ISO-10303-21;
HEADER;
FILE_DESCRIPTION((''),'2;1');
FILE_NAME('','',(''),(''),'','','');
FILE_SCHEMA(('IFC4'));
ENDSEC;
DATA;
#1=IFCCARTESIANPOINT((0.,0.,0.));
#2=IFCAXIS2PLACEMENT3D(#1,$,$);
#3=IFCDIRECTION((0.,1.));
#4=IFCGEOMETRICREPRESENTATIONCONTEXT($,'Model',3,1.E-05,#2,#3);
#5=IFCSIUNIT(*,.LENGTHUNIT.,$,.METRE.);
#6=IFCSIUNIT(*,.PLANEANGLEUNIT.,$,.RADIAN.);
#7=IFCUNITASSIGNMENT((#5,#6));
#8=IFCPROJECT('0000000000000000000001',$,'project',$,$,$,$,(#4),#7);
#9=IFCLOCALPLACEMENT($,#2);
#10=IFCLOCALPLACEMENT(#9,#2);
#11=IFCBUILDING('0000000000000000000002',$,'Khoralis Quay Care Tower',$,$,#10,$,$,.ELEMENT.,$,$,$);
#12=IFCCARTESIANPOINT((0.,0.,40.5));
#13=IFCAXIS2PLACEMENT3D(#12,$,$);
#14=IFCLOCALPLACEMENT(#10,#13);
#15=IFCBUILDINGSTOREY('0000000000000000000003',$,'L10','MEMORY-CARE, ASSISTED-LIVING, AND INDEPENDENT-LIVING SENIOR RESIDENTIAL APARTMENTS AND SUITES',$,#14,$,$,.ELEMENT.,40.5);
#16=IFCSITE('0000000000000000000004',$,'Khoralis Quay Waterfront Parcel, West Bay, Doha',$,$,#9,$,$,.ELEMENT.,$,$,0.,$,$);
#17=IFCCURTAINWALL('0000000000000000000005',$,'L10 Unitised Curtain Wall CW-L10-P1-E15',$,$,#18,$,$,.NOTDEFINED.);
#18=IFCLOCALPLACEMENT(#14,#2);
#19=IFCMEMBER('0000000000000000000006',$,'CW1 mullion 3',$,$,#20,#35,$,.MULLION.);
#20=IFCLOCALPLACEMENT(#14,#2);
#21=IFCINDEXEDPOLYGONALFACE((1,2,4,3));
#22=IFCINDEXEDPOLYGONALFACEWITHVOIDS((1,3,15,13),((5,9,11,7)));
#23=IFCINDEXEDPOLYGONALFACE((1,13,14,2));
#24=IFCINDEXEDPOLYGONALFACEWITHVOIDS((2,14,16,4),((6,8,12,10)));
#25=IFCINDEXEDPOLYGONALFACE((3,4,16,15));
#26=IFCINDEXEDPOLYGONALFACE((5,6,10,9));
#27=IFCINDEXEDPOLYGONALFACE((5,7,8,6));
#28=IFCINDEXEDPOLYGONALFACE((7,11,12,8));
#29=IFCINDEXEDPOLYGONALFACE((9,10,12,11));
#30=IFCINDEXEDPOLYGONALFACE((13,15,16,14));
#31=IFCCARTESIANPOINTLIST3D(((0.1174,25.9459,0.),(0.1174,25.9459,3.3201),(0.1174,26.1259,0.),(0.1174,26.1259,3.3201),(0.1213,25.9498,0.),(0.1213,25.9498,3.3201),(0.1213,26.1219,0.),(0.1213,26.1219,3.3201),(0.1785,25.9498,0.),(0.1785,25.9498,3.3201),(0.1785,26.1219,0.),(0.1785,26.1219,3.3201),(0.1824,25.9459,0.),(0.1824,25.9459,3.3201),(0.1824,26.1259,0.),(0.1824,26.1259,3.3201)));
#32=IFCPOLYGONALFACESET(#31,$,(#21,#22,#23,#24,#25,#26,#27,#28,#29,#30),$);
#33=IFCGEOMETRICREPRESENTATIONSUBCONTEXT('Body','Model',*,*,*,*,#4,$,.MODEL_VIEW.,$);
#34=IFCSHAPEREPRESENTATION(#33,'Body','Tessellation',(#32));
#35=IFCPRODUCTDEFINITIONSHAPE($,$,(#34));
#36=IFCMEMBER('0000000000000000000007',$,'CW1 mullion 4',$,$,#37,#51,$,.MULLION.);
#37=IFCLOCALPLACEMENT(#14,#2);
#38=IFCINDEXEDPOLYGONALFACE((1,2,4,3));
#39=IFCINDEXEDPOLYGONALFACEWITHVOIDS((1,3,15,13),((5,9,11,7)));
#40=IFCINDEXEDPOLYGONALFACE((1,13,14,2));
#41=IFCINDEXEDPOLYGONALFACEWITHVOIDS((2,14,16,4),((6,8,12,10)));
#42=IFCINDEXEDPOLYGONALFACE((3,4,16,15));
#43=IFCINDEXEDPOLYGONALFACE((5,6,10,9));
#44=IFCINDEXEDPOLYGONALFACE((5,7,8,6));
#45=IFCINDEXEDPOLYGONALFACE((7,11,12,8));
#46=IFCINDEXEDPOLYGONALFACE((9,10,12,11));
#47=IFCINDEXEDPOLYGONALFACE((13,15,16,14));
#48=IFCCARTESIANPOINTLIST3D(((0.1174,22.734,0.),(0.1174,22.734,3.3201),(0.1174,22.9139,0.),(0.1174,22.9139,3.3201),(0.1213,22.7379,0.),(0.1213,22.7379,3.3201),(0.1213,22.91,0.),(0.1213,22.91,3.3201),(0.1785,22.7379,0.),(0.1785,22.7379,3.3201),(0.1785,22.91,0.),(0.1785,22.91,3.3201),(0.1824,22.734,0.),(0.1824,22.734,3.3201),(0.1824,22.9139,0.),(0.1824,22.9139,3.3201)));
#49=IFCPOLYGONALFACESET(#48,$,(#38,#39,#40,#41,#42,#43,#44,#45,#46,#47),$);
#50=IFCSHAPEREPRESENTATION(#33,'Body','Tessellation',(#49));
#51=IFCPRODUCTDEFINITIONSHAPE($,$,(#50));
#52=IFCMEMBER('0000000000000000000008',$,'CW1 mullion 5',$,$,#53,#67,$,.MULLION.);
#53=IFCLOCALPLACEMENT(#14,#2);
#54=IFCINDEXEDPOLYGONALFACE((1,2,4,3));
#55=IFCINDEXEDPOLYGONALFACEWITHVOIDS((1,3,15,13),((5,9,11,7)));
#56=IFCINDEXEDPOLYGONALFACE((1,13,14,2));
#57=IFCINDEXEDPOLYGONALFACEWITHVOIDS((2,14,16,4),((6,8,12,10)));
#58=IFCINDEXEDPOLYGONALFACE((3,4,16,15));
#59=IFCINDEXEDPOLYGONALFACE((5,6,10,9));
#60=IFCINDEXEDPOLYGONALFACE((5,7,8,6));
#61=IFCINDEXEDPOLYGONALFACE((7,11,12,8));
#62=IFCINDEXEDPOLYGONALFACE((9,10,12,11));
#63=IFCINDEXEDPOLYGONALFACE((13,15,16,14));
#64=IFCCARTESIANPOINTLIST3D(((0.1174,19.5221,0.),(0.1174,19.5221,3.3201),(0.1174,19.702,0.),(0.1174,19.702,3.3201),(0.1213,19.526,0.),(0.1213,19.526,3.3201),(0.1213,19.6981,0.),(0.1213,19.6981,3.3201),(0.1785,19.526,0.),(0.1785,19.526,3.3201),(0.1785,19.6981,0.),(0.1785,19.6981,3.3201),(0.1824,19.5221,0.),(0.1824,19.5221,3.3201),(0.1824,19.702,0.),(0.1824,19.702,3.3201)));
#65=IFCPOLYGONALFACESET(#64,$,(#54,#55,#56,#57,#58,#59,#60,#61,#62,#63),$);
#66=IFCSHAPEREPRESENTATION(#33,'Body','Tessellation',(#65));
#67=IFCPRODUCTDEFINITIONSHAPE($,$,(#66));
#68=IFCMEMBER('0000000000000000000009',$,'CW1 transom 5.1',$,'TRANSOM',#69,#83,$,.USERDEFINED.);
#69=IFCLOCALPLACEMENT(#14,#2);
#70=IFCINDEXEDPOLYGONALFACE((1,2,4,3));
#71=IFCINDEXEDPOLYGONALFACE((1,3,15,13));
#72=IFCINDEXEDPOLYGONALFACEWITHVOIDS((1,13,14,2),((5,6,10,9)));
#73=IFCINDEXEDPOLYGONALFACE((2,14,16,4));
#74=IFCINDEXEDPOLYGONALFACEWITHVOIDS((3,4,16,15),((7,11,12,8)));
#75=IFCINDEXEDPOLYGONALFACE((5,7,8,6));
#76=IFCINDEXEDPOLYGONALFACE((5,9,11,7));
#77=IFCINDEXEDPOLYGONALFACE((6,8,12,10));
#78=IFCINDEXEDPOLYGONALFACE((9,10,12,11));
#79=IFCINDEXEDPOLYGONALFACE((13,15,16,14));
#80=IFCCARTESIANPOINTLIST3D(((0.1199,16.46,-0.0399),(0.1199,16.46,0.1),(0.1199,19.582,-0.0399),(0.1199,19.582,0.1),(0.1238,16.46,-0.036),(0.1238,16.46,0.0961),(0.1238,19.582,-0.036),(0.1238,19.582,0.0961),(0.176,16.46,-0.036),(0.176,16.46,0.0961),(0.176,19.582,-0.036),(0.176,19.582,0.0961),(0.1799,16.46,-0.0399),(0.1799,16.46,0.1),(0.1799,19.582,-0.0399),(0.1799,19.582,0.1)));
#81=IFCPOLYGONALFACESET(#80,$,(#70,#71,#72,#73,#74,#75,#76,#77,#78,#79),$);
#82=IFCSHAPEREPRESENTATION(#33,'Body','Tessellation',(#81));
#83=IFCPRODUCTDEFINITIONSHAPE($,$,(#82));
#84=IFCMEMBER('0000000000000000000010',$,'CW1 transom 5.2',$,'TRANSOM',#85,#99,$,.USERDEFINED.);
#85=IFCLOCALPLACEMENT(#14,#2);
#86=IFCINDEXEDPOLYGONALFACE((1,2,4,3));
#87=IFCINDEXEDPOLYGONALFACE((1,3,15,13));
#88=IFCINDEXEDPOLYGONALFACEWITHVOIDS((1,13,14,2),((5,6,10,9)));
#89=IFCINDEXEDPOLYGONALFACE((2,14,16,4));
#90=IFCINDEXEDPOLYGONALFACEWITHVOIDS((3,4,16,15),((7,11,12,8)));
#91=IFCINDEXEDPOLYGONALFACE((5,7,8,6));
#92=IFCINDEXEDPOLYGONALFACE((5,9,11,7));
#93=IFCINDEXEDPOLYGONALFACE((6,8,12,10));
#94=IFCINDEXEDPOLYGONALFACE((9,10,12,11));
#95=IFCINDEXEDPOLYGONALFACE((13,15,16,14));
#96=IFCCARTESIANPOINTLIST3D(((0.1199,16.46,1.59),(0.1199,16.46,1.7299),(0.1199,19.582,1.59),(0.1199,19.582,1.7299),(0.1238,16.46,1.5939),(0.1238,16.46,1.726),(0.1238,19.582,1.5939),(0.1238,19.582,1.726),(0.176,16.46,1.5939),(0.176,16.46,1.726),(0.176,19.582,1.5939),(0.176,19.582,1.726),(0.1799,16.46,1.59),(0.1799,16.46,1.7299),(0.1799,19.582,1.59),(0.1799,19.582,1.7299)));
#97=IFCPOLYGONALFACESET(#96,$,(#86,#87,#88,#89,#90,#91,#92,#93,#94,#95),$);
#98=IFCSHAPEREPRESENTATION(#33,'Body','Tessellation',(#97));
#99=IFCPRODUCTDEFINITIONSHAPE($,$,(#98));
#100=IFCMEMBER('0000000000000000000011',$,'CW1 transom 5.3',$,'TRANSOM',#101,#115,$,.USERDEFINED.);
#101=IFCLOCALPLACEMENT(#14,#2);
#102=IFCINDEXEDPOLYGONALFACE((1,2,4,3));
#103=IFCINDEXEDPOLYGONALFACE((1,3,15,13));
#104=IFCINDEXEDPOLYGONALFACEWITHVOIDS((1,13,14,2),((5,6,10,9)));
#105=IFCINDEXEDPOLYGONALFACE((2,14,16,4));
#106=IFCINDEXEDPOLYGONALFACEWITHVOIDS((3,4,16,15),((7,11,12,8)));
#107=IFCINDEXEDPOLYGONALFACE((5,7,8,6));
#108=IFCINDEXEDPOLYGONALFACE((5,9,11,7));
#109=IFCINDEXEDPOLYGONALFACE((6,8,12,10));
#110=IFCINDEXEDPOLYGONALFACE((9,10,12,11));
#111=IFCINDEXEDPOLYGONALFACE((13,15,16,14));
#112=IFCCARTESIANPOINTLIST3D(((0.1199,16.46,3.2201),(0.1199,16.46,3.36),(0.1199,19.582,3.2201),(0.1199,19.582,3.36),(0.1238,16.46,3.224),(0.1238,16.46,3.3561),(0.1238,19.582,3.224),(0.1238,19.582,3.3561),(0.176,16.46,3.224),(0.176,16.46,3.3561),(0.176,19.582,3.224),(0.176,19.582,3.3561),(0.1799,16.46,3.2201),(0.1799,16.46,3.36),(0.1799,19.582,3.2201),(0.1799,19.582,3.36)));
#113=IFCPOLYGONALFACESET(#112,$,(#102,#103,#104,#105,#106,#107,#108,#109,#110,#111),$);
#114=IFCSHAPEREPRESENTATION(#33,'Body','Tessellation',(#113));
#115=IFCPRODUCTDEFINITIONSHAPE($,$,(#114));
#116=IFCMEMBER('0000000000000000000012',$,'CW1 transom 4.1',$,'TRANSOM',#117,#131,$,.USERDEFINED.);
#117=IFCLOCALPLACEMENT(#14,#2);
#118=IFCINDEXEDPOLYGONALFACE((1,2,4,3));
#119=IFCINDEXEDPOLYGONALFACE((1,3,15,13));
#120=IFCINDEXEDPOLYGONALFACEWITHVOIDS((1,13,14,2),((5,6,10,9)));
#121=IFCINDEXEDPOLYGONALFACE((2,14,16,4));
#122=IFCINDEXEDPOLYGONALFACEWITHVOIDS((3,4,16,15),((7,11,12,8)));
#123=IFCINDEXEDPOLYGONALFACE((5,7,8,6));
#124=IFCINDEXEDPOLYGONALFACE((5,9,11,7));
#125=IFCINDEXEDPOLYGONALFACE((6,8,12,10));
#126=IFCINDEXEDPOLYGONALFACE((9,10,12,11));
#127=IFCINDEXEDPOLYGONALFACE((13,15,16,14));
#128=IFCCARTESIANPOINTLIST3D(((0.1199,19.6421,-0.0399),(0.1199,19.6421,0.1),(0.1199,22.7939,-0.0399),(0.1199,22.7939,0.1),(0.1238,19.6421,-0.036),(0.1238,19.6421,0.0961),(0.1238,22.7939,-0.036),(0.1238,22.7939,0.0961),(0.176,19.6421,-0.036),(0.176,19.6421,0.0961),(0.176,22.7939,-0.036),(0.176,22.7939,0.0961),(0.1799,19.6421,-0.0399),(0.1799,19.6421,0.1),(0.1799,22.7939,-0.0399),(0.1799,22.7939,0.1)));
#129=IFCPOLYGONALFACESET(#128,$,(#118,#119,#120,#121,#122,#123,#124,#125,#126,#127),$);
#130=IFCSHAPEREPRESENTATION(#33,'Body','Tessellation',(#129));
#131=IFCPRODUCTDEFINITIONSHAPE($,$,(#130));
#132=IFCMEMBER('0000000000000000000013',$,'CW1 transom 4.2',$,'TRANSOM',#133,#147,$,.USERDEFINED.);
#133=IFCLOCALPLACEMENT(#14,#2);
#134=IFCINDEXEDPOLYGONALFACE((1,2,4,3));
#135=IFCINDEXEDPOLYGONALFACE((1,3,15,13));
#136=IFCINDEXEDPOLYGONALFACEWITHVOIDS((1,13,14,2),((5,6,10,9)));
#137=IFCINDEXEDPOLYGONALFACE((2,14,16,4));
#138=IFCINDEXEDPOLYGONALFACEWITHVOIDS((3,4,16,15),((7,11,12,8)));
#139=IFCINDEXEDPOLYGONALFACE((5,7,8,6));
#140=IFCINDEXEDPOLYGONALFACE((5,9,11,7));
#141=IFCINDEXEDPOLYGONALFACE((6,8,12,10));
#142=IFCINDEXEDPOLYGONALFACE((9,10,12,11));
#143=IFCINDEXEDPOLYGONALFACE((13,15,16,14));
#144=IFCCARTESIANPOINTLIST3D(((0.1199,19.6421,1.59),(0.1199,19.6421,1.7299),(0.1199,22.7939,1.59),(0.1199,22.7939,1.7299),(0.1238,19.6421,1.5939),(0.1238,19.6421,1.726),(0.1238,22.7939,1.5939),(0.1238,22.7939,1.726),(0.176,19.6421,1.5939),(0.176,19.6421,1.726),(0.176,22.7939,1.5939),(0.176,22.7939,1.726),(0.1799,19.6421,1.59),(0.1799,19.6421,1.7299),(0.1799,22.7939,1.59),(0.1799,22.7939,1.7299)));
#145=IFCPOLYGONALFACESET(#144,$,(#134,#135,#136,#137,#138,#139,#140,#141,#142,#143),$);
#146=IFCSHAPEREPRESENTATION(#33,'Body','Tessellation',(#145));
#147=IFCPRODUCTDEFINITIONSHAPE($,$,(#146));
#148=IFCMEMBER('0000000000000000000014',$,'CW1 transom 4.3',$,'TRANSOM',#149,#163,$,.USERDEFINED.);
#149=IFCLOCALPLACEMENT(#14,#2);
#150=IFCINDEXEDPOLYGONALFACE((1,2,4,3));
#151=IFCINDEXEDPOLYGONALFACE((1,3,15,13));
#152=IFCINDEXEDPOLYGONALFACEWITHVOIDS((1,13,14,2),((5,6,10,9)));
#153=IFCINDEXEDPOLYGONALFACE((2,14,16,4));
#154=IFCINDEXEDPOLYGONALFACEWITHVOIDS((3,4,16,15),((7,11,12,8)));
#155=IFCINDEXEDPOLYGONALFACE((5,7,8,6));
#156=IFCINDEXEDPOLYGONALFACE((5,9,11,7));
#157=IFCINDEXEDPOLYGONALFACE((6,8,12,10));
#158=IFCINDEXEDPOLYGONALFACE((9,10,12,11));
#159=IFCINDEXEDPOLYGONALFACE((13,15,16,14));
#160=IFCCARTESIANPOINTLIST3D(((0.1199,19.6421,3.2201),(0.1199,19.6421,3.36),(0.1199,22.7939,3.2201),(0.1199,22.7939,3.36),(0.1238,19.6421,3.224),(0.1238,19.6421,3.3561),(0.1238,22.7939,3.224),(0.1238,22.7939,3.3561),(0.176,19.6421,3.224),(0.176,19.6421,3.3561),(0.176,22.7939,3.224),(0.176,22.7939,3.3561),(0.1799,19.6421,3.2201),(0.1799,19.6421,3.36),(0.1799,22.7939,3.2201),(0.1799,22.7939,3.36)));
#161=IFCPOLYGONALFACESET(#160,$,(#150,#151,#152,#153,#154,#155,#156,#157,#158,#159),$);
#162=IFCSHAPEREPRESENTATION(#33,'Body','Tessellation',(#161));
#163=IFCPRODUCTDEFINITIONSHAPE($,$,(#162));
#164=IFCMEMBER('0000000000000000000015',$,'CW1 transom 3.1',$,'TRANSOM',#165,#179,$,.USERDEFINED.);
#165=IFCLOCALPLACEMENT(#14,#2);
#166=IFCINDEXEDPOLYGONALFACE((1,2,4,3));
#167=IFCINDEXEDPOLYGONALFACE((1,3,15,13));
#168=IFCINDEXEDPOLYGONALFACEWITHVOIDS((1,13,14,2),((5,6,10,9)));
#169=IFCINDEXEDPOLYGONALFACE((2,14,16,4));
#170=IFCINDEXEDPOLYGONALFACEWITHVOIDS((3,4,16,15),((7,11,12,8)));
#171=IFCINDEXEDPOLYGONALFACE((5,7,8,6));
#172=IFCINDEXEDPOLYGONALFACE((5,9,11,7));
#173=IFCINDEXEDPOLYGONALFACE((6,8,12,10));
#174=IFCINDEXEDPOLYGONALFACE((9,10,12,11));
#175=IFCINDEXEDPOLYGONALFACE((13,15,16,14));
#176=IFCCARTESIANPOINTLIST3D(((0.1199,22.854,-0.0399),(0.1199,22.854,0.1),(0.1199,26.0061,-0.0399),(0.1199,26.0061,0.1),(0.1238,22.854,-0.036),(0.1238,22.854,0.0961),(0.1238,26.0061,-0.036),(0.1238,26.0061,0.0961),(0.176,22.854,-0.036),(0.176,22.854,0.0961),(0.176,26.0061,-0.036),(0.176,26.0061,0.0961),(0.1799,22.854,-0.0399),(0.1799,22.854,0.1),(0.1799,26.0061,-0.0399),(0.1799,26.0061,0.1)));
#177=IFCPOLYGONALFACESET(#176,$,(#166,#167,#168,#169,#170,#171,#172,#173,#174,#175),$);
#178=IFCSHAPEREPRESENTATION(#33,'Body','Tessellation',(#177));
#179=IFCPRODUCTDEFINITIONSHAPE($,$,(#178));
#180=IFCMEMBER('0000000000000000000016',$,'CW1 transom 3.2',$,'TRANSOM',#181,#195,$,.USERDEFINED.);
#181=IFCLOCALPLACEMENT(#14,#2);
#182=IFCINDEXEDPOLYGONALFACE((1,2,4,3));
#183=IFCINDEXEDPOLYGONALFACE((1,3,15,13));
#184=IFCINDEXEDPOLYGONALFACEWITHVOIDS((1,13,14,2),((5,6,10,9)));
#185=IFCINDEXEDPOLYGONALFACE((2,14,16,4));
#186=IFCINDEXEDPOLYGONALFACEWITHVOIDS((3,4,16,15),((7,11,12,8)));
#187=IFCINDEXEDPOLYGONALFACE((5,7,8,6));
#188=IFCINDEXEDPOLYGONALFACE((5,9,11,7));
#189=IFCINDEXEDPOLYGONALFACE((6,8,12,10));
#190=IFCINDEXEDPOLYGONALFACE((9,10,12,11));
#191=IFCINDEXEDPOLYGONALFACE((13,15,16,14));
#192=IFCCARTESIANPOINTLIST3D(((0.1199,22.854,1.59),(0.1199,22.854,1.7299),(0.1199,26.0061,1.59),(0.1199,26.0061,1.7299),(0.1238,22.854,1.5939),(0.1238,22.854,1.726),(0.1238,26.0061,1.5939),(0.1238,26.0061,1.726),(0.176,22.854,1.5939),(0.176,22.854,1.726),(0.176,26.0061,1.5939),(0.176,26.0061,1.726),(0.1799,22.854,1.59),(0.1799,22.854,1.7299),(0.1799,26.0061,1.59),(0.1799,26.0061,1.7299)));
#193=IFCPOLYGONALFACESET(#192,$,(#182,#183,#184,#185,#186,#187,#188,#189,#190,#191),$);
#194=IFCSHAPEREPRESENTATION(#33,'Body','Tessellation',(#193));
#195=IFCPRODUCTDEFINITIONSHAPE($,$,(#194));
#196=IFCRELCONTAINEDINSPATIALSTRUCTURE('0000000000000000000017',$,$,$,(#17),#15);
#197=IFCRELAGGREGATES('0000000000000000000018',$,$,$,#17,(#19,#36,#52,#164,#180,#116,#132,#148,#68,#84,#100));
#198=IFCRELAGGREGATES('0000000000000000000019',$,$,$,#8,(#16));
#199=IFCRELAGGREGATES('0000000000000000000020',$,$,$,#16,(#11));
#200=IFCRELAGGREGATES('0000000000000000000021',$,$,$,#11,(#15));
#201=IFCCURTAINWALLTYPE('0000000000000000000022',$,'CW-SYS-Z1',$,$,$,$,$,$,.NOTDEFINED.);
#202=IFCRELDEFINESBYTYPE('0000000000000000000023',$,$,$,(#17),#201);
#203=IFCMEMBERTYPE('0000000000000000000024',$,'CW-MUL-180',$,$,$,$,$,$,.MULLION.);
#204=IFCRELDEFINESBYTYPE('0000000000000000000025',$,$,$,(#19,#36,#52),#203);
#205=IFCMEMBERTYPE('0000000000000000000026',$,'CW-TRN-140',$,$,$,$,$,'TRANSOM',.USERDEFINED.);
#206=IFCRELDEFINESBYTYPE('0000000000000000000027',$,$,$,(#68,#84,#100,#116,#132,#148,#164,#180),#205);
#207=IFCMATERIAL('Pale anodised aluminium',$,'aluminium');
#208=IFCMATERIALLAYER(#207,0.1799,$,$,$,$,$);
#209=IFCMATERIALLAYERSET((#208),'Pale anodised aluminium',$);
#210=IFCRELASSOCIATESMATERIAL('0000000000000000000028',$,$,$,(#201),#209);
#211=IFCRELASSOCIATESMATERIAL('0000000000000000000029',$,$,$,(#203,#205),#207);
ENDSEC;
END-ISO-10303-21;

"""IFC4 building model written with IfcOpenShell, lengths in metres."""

from ifc_helpers import new_model, si_unit, direction, frame, origin, origin_2d, place, context, subcontext, project, spatial, hollow_rectangle, extrude, source, transform, mapped, material, layer, layer_set, material_profile, profile_set, type_object, element, aggregate, save


model = new_model("IFC4")

# Units and contexts
model_context = context("Model", 3, precision=1e-05, world=origin(), true_north=direction((0.0, 1.0)))
body_context = subcontext(model_context, "Body", "Model", "MODEL_VIEW")
ifc_project = project(units=[si_unit("LENGTHUNIT", "METRE"), si_unit("PLANEANGLEUNIT", "RADIAN")], contexts=[model_context])

# Site, building, storey
site_placement = place(None, origin())
site = spatial("IfcSite", under=ifc_project, at=site_placement, Name="Khoralis Quay Waterfront Parcel, West Bay, Doha", CompositionType="ELEMENT", RefElevation=0.0)
building_placement = place(site_placement, origin())
building = spatial("IfcBuilding", under=site, at=building_placement, Name="Khoralis Quay Care Tower", CompositionType="ELEMENT")
storey_placement = place(building_placement, frame((0.0, 0.0, 40.5)))
storey = spatial("IfcBuildingStorey", under=building, at=storey_placement, Name="L10", Description="MEMORY-CARE, ASSISTED-LIVING, AND INDEPENDENT-LIVING SENIOR RESIDENTIAL APARTMENTS AND SUITES", CompositionType="ELEMENT", Elevation=40.5)

# Curtain wall, members
ifc_material_1 = material(Name="Pale anodised aluminium", Category="aluminium")
ifc_layer_1 = layer(ifc_material_1, 0.1799)
ifc_layer_set_1 = layer_set([ifc_layer_1], Name="Pale anodised aluminium")
curtain_wall_type = type_object("IfcCurtainWallType", Name="CW-SYS-Z1", PredefinedType="NOTDEFINED", material=ifc_layer_set_1)
curtain_wall_placement = place(storey_placement, origin())
curtain_wall = element("IfcCurtainWall", 1, at=curtain_wall_placement, inside=storey, type_object=curtain_wall_type, Name="L10 Unitised Curtain Wall CW-L10-P1-E15", PredefinedType="NOTDEFINED")
ifc_material_profile_1 = material_profile(ifc_material_1, hollow_rectangle(XDim=0.0649, YDim=0.1799, WallThickness=0.0039, at=origin_2d()), Name="Pale anodised aluminium")
ifc_profile_set_1 = profile_set([ifc_material_profile_1], Name="Pale anodised aluminium")
member_type_1 = type_object("IfcMemberType", Name="CW-MUL-180", PredefinedType="MULLION", material=ifc_profile_set_1)
shared_shape_1 = source(origin(), body_context, "Body", "SweptSolid", [
    extrude(hollow_rectangle(XDim=0.0649, YDim=0.1799, WallThickness=0.0039, at=origin_2d()), origin(), (0.0, 0.0, 1.0), 3.3201),
])
member_1_placement = place(storey_placement, frame((0.1499, 26.0359, 0.0), z_axis=(0.0, 0.0, 1.0), x_axis=(1.0, 0.0, 0.0)))
member_1 = element("IfcMember", 2, at=member_1_placement, type_object=member_type_1, Name="CW1 mullion 3", PredefinedType="MULLION", context=body_context, shape_type="MappedRepresentation", body=[
    mapped(shared_shape_1, transform((0.0, 0.0, 0.0), scale=1.0)),
])
member_2_placement = place(storey_placement, frame((0.1499, 22.824, 0.0), z_axis=(0.0, 0.0, 1.0), x_axis=(1.0, 0.0, 0.0)))
member_2 = element("IfcMember", 3, at=member_2_placement, type_object=member_type_1, Name="CW1 mullion 4", PredefinedType="MULLION", context=body_context, shape_type="MappedRepresentation", body=[
    mapped(shared_shape_1, transform((0.0, 0.0, 0.0), scale=1.0)),
])
member_3_placement = place(storey_placement, frame((0.1499, 19.6121, 0.0), z_axis=(0.0, 0.0, 1.0), x_axis=(1.0, 0.0, 0.0)))
member_3 = element("IfcMember", 4, at=member_3_placement, type_object=member_type_1, Name="CW1 mullion 5", PredefinedType="MULLION", context=body_context, shape_type="MappedRepresentation", body=[
    mapped(shared_shape_1, transform((0.0, 0.0, 0.0), scale=1.0)),
])
ifc_material_profile_2 = material_profile(ifc_material_1, hollow_rectangle(XDim=0.0601, YDim=0.1399, WallThickness=0.0039, at=origin_2d()), Name="Pale anodised aluminium")
ifc_profile_set_2 = profile_set([ifc_material_profile_2], Name="Pale anodised aluminium")
member_type_2 = type_object("IfcMemberType", Name="CW-TRN-140", ElementType="TRANSOM", PredefinedType="USERDEFINED", material=ifc_profile_set_2)
shared_shape_2 = source(origin(), body_context, "Body", "SweptSolid", [
    extrude(hollow_rectangle(XDim=0.0601, YDim=0.1399, WallThickness=0.0039, at=origin_2d()), origin(), (0.0, 0.0, 1.0), 3.1221),
])
member_4_placement = place(storey_placement, frame((0.1499, 19.582, 0.03), z_axis=(0.0, -1.0, 0.0), x_axis=(1.0, 0.0, 0.0)))
member_4 = element("IfcMember", 5, at=member_4_placement, type_object=member_type_2, Name="CW1 transom 5.1", ObjectType="TRANSOM", PredefinedType="USERDEFINED", context=body_context, shape_type="MappedRepresentation", body=[
    mapped(shared_shape_2, transform((0.0, 0.0, 0.0), scale=1.0)),
])
member_5_placement = place(storey_placement, frame((0.1499, 19.582, 1.6599), z_axis=(0.0, -1.0, 0.0), x_axis=(1.0, 0.0, 0.0)))
member_5 = element("IfcMember", 6, at=member_5_placement, type_object=member_type_2, Name="CW1 transom 5.2", ObjectType="TRANSOM", PredefinedType="USERDEFINED", context=body_context, shape_type="MappedRepresentation", body=[
    mapped(shared_shape_2, transform((0.0, 0.0, 0.0), scale=1.0)),
])
member_6_placement = place(storey_placement, frame((0.1499, 19.582, 3.29), z_axis=(0.0, -1.0, 0.0), x_axis=(1.0, 0.0, 0.0)))
member_6 = element("IfcMember", 7, at=member_6_placement, type_object=member_type_2, Name="CW1 transom 5.3", ObjectType="TRANSOM", PredefinedType="USERDEFINED", context=body_context, shape_type="MappedRepresentation", body=[
    mapped(shared_shape_2, transform((0.0, 0.0, 0.0), scale=1.0)),
])
shared_shape_3 = source(origin(), body_context, "Body", "SweptSolid", [
    extrude(hollow_rectangle(XDim=0.0601, YDim=0.1399, WallThickness=0.0039, at=origin_2d()), origin(), (0.0, 0.0, 1.0), 3.1519),
])
member_7_placement = place(storey_placement, frame((0.1499, 22.7939, 0.03), z_axis=(0.0, -1.0, 0.0), x_axis=(1.0, 0.0, 0.0)))
member_7 = element("IfcMember", 8, at=member_7_placement, type_object=member_type_2, Name="CW1 transom 4.1", ObjectType="TRANSOM", PredefinedType="USERDEFINED", context=body_context, shape_type="MappedRepresentation", body=[
    mapped(shared_shape_3, transform((0.0, 0.0, 0.0), scale=1.0)),
])
member_8_placement = place(storey_placement, frame((0.1499, 22.7939, 1.6599), z_axis=(0.0, -1.0, 0.0), x_axis=(1.0, 0.0, 0.0)))
member_8 = element("IfcMember", 9, at=member_8_placement, type_object=member_type_2, Name="CW1 transom 4.2", ObjectType="TRANSOM", PredefinedType="USERDEFINED", context=body_context, shape_type="MappedRepresentation", body=[
    mapped(shared_shape_3, transform((0.0, 0.0, 0.0), scale=1.0)),
])
member_9_placement = place(storey_placement, frame((0.1499, 22.7939, 3.29), z_axis=(0.0, -1.0, 0.0), x_axis=(1.0, 0.0, 0.0)))
member_9 = element("IfcMember", 10, at=member_9_placement, type_object=member_type_2, Name="CW1 transom 4.3", ObjectType="TRANSOM", PredefinedType="USERDEFINED", context=body_context, shape_type="MappedRepresentation", body=[
    mapped(shared_shape_3, transform((0.0, 0.0, 0.0), scale=1.0)),
])
shared_shape_4 = source(origin(), body_context, "Body", "SweptSolid", [
    extrude(hollow_rectangle(XDim=0.0601, YDim=0.1399, WallThickness=0.0039, at=origin_2d()), origin(), (0.0, 0.0, 1.0), 3.1521),
])
member_10_placement = place(storey_placement, frame((0.1499, 26.0061, 0.03), z_axis=(0.0, -1.0, 0.0), x_axis=(1.0, 0.0, 0.0)))
member_10 = element("IfcMember", 11, at=member_10_placement, type_object=member_type_2, Name="CW1 transom 3.1", ObjectType="TRANSOM", PredefinedType="USERDEFINED", context=body_context, shape_type="MappedRepresentation", body=[
    mapped(shared_shape_4, transform((0.0, 0.0, 0.0), scale=1.0)),
])
member_11_placement = place(storey_placement, frame((0.1499, 26.0061, 1.6599), z_axis=(0.0, -1.0, 0.0), x_axis=(1.0, 0.0, 0.0)))
member_11 = element("IfcMember", 12, at=member_11_placement, type_object=member_type_2, Name="CW1 transom 3.2", ObjectType="TRANSOM", PredefinedType="USERDEFINED", context=body_context, shape_type="MappedRepresentation", body=[
    mapped(shared_shape_4, transform((0.0, 0.0, 0.0), scale=1.0)),
])
aggregate(curtain_wall, [member_1, member_2, member_3, member_10, member_11, member_7, member_8, member_9, member_4, member_5, member_6])

save(model, "model.ifc")
